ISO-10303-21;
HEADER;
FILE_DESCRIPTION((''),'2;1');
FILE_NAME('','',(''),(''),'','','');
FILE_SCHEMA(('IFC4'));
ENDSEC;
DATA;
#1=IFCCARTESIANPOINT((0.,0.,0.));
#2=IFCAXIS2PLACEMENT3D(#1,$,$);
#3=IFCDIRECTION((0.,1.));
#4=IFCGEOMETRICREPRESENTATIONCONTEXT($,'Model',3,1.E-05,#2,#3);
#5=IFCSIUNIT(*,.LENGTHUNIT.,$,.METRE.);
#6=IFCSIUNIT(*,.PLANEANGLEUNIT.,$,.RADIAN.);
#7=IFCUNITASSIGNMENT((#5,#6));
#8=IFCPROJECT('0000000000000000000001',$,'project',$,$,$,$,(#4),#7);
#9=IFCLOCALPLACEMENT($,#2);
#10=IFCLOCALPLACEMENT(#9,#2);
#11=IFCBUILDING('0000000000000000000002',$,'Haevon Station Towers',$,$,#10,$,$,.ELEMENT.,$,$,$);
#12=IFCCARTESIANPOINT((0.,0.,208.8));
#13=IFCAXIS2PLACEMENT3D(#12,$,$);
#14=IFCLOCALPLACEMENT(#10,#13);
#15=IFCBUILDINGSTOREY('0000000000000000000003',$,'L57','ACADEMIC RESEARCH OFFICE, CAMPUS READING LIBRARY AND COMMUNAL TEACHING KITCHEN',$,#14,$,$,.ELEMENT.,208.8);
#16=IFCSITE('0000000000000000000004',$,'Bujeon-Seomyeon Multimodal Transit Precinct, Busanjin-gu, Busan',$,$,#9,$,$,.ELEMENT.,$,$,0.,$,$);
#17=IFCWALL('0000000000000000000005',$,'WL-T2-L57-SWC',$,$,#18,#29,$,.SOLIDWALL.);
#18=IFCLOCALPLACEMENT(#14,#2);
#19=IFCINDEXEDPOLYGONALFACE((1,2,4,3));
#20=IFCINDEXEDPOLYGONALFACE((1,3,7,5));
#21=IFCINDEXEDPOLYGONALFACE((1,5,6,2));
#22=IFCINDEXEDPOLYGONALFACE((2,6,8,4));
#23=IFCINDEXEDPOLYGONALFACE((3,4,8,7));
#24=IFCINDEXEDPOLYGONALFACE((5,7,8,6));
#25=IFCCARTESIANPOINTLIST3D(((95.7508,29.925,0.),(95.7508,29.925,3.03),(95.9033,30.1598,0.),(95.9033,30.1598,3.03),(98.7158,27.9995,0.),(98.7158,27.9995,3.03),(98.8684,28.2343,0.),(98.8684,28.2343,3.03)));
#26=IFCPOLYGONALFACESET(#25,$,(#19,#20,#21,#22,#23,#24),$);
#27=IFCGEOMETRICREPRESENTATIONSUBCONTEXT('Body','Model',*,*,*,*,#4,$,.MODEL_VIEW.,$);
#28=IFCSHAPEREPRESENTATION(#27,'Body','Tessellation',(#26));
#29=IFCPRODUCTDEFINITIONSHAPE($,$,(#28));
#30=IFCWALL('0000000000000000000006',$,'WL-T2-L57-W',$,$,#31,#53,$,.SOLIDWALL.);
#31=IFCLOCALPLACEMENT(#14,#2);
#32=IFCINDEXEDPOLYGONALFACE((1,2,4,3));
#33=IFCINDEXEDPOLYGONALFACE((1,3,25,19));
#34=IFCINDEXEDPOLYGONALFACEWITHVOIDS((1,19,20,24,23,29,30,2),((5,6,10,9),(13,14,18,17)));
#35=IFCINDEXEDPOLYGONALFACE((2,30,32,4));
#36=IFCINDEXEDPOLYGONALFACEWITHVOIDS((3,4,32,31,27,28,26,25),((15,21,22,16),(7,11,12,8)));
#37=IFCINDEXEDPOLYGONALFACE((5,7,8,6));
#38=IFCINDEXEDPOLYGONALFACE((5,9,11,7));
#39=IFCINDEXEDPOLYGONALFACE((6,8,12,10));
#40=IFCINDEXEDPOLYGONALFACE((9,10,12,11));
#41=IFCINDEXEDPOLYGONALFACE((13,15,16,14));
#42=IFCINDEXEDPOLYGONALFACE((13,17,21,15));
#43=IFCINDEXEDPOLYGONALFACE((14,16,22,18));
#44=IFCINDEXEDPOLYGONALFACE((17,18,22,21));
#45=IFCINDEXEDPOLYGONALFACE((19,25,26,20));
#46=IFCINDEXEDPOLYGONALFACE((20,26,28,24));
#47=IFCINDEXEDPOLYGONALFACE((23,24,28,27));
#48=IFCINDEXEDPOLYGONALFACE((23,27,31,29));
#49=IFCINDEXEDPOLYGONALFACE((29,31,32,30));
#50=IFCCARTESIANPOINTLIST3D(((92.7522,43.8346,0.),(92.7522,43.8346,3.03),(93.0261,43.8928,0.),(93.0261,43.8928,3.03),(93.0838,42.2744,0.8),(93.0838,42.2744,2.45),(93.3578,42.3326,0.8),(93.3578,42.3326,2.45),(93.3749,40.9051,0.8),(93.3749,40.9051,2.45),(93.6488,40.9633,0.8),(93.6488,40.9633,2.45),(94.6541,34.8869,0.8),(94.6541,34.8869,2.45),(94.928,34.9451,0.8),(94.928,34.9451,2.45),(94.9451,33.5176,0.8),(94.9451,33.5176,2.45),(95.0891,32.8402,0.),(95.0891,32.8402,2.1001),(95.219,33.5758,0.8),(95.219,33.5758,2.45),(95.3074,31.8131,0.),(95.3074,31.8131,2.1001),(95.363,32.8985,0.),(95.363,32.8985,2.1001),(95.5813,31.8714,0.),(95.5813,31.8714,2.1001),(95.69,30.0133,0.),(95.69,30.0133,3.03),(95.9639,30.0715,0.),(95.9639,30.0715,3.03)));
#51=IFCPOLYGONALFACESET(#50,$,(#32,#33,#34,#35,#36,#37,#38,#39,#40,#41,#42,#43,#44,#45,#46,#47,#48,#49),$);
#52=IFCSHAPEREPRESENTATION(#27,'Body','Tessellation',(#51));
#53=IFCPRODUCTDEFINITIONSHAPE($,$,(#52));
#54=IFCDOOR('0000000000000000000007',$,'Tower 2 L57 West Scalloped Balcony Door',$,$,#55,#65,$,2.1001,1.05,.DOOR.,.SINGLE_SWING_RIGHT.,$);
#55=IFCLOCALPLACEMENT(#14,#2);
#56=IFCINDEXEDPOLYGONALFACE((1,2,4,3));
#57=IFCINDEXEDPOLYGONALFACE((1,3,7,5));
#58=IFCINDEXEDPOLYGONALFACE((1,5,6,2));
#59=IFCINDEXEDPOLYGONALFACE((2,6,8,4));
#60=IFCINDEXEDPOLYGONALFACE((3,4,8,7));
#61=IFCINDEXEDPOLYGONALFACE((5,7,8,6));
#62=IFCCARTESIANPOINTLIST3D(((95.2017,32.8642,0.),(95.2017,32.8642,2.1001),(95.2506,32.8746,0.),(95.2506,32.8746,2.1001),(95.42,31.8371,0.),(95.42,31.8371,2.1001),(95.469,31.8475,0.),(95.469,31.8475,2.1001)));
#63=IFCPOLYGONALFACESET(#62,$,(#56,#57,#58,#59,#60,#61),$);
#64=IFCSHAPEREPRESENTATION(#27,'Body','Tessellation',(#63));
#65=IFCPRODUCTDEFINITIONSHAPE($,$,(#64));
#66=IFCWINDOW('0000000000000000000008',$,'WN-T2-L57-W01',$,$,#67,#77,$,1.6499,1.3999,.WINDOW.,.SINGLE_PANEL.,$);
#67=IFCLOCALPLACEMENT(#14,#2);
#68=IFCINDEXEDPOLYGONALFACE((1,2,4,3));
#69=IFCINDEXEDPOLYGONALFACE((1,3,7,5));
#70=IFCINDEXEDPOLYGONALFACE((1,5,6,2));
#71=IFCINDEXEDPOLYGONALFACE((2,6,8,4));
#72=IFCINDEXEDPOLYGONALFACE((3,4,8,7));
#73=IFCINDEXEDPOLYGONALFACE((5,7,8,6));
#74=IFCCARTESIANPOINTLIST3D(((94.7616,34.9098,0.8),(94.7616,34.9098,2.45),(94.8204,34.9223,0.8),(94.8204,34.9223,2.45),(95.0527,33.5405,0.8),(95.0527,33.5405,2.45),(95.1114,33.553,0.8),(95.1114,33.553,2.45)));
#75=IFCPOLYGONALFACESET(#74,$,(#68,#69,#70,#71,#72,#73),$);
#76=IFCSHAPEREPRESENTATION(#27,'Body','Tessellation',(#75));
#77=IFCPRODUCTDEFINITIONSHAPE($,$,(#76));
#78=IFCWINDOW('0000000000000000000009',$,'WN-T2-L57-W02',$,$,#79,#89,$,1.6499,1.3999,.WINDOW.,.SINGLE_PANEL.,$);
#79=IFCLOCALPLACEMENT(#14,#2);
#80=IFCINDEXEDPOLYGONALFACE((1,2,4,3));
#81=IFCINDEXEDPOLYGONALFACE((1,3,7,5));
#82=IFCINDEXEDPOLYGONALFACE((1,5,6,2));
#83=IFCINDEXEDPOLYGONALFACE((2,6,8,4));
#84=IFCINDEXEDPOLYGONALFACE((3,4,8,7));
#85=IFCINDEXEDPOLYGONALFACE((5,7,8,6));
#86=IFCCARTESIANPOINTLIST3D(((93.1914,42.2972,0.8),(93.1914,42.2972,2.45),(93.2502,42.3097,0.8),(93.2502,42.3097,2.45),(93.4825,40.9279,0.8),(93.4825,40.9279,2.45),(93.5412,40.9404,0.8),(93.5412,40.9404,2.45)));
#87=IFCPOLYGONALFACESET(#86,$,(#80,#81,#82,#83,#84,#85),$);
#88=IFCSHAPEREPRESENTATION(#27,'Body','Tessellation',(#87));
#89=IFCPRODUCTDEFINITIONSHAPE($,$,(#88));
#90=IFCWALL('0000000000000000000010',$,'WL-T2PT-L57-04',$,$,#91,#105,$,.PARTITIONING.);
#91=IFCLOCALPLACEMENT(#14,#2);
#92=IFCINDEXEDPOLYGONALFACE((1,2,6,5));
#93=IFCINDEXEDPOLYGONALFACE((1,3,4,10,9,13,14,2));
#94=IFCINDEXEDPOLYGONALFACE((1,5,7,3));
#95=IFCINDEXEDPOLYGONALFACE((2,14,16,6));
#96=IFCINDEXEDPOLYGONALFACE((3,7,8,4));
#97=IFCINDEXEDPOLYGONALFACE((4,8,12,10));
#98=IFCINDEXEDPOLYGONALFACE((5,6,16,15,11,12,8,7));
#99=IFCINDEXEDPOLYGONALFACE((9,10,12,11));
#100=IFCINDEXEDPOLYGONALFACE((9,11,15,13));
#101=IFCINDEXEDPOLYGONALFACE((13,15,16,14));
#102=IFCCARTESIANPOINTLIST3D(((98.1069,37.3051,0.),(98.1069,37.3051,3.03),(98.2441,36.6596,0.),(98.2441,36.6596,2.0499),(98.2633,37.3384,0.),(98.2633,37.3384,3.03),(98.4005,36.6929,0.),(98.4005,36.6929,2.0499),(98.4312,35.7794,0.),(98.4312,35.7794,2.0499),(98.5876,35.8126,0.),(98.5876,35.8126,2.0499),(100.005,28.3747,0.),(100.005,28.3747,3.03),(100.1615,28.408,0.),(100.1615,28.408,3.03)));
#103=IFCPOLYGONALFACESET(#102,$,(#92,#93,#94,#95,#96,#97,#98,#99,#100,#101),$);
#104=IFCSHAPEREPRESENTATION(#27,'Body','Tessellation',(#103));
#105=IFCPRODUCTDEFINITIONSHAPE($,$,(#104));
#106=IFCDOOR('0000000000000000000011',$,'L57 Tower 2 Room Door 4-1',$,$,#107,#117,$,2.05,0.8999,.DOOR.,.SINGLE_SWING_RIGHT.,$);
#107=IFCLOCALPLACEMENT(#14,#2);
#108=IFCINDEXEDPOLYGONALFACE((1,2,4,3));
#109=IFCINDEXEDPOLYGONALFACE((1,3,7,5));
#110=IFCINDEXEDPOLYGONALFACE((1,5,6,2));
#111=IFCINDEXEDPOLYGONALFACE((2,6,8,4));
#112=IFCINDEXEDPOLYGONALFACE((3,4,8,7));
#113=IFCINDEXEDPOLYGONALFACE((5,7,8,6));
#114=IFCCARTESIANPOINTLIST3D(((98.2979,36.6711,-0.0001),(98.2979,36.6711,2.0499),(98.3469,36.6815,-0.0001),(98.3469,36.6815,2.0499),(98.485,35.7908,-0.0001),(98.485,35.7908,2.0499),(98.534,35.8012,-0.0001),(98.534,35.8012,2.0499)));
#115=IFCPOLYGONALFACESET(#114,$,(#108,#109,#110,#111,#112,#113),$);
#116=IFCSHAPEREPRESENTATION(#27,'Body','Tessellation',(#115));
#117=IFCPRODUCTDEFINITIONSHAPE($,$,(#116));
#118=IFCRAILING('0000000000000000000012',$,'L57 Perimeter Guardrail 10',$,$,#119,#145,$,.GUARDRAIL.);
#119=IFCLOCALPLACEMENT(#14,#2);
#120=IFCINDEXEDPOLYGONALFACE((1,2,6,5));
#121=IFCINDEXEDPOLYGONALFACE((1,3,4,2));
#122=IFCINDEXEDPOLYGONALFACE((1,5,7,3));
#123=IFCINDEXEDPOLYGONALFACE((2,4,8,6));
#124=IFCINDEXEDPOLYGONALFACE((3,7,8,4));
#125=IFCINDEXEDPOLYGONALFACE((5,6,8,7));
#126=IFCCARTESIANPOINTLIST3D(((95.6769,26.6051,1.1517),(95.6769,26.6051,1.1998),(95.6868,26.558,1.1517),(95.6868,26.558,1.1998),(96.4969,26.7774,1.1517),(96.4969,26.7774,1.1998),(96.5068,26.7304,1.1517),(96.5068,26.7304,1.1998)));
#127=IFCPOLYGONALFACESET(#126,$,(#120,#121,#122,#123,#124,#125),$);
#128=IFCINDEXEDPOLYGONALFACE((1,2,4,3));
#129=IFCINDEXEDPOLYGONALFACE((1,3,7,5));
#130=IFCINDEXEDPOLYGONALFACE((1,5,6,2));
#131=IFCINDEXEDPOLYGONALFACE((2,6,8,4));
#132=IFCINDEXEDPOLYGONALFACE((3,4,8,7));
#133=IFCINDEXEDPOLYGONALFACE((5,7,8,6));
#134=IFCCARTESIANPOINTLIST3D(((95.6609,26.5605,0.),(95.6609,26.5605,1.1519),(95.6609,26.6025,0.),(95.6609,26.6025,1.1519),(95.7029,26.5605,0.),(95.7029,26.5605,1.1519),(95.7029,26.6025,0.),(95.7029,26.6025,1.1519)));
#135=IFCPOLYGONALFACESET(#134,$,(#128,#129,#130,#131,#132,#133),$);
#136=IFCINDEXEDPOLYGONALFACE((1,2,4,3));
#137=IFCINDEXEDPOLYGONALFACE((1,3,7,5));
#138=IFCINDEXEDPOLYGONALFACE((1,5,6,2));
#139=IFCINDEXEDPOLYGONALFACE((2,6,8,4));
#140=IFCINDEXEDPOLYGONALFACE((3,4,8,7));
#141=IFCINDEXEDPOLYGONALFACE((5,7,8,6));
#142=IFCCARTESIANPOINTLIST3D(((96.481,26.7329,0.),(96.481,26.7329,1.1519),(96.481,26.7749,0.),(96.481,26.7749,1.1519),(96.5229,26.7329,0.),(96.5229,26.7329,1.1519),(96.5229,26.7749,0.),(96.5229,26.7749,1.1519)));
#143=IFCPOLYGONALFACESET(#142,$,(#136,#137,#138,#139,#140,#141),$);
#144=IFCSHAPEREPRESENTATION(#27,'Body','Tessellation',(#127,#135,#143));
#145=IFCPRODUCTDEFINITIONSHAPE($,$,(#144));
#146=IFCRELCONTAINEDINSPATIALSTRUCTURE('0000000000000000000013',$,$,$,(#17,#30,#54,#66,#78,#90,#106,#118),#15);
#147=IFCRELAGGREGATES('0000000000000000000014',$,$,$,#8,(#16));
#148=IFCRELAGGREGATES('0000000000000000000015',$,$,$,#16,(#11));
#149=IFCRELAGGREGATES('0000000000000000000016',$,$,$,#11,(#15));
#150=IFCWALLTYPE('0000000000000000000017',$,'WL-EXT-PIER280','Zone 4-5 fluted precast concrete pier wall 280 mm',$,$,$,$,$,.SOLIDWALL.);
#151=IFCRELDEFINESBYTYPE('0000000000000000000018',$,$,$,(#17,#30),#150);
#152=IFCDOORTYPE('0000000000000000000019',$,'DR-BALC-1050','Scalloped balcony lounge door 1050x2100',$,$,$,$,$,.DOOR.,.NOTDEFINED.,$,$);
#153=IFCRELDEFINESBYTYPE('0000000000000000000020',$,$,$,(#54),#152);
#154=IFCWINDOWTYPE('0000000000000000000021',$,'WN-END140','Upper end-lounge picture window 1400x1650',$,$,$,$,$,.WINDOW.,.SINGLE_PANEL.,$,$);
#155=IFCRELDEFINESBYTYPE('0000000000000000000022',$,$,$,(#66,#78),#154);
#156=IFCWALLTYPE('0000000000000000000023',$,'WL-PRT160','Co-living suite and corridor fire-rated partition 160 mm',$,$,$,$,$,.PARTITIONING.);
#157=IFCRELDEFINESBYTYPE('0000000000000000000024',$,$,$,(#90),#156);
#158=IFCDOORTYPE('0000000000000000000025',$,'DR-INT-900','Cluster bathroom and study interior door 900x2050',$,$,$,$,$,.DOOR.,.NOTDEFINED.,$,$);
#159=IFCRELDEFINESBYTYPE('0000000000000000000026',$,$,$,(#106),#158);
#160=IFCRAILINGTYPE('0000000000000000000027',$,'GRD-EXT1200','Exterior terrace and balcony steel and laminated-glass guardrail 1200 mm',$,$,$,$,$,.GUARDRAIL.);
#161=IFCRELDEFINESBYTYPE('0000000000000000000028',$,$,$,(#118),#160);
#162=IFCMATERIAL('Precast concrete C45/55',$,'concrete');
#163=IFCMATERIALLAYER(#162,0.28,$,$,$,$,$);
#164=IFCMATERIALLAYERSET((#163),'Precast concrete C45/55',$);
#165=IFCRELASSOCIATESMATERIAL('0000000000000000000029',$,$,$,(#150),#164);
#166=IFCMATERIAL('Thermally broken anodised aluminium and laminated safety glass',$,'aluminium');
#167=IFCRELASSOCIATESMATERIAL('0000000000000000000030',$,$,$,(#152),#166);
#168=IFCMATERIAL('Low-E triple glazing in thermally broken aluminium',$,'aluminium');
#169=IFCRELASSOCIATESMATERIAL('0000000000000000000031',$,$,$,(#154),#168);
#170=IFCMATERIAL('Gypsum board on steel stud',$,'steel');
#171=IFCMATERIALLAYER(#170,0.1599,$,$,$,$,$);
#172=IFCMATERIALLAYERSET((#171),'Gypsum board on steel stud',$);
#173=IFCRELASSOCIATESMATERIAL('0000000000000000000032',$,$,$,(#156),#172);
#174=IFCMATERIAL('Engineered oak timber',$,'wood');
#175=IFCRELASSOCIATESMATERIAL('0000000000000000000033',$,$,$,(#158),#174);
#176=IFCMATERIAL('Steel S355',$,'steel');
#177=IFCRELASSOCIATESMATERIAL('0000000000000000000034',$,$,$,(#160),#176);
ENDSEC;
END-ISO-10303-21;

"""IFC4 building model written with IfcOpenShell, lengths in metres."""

from ifc_helpers import new_model, si_unit, direction, frame, frame_2d, origin, origin_2d, place, context, subcontext, project, spatial, rectangle, extrude, material, layer, layer_set, type_object, element, fill, save


model = new_model("IFC4")

# Units and contexts
model_context = context("Model", 3, precision=1e-05, world=origin(), true_north=direction((0.0, 1.0)))
body_context = subcontext(model_context, "Body", "Model", "MODEL_VIEW")
ifc_project = project(units=[si_unit("LENGTHUNIT", "METRE"), si_unit("PLANEANGLEUNIT", "RADIAN")], contexts=[model_context])

# Site, building, storey
site_placement = place(None, origin())
site = spatial("IfcSite", under=ifc_project, at=site_placement, Name="Bujeon-Seomyeon Multimodal Transit Precinct, Busanjin-gu, Busan", CompositionType="ELEMENT", RefElevation=0.0)
building_placement = place(site_placement, origin())
building = spatial("IfcBuilding", under=site, at=building_placement, Name="Haevon Station Towers", CompositionType="ELEMENT")
storey_placement = place(building_placement, frame((0.0, 0.0, 208.8)))
storey = spatial("IfcBuildingStorey", under=building, at=storey_placement, Name="L57", Description="ACADEMIC RESEARCH OFFICE, CAMPUS READING LIBRARY AND COMMUNAL TEACHING KITCHEN", CompositionType="ELEMENT", Elevation=208.8)

# Shared definitions
ifc_material_1 = material(Name="Steel S355", Category="steel")

# Wall
ifc_material_2 = material(Name="Precast concrete C45/55", Category="concrete")
ifc_layer_1 = layer(ifc_material_2, 0.28)
ifc_layer_set_1 = layer_set([ifc_layer_1], Name="Precast concrete C45/55")
wall_type_1 = type_object("IfcWallType", Name="WL-EXT-PIER280", Description="Zone 4-5 fluted precast concrete pier wall 280 mm", PredefinedType="SOLIDWALL", material=ifc_layer_set_1)
wall_1_placement = place(storey_placement, frame((98.792, 28.1169, 0.0), z_axis=(0.0, 0.0, 1.0), x_axis=(-0.838672, 0.544636, 0.0)))
element("IfcWall", 1, at=wall_1_placement, inside=storey, type_object=wall_type_1, Name="WL-T2-L57-SWC", PredefinedType="SOLIDWALL", context=body_context, shape_type="SweptSolid", body=[
    extrude(rectangle(XDim=3.5354, YDim=0.28, at=frame_2d((1.7676, 0.0))), origin(), (0.0, 0.0, 1.0), 3.03),
])

# Wall, openings, door, windows
wall_2_placement = place(storey_placement, frame((95.8269, 30.0425, 0.0), z_axis=(0.0, 0.0, 1.0), x_axis=(-0.207908, 0.978148, 0.0)))
wall_2 = element("IfcWall", 2, at=wall_2_placement, inside=storey, type_object=wall_type_1, Name="WL-T2-L57-W", PredefinedType="SOLIDWALL", context=body_context, shape_type="SweptSolid", body=[
    extrude(rectangle(XDim=14.1301, YDim=0.28, at=frame_2d((7.0649, 0.0))), origin(), (0.0, 0.0, 1.0), 3.03),
])
opening_1_placement = place(wall_2_placement, frame((1.8401, 0.0, 0.0)))
opening_1 = element("IfcOpeningElement", 3, at=opening_1_placement, cuts=wall_2, PredefinedType="OPENING", context=body_context, shape_type="SweptSolid", body=[
    extrude(rectangle(XDim=1.05, YDim=2.1001, at=frame_2d((0.5249, 1.05))), frame((0.0, 0.1499, 0.0), z_axis=(0.0, -1.0, 0.0), x_axis=(1.0, 0.0, 0.0)), (0.0, 0.0, 1.0), 0.3),
])
opening_2_placement = place(wall_2_placement, frame((3.5825, 0.0, 0.8)))
opening_2 = element("IfcOpeningElement", 4, at=opening_2_placement, cuts=wall_2, PredefinedType="OPENING", context=body_context, shape_type="SweptSolid", body=[
    extrude(rectangle(XDim=1.3999, YDim=1.6499, at=frame_2d((0.7, 0.825))), frame((0.0, 0.1499, 0.0), z_axis=(0.0, -1.0, 0.0), x_axis=(1.0, 0.0, 0.0)), (0.0, 0.0, 1.0), 0.3),
])
opening_3_placement = place(wall_2_placement, frame((11.135, 0.0, 0.8)))
opening_3 = element("IfcOpeningElement", 5, at=opening_3_placement, cuts=wall_2, PredefinedType="OPENING", context=body_context, shape_type="SweptSolid", body=[
    extrude(rectangle(XDim=1.3999, YDim=1.6499, at=frame_2d((0.7, 0.825))), frame((0.0, 0.1499, 0.0), z_axis=(0.0, -1.0, 0.0), x_axis=(1.0, 0.0, 0.0)), (0.0, 0.0, 1.0), 0.3),
])
ifc_material_3 = material(Name="Thermally broken anodised aluminium and laminated safety glass", Category="aluminium")
door_type_1 = type_object("IfcDoorType", Name="DR-BALC-1050", Description="Scalloped balcony lounge door 1050x2100", OperationType="NOTDEFINED", PredefinedType="DOOR", material=ifc_material_3)
door_1_placement = place(opening_1_placement, origin())
door_1 = element("IfcDoor", 6, at=door_1_placement, inside=storey, type_object=door_type_1, Name="Tower 2 L57 West Scalloped Balcony Door", OperationType="SINGLE_SWING_RIGHT", OverallHeight=2.1001, OverallWidth=1.05, PredefinedType="DOOR", context=body_context, shape_type="SweptSolid", body=[
    extrude(rectangle(XDim=1.05, YDim=2.1001, at=frame_2d((0.5249, 1.05))), frame((0.0, 0.0249, 0.0), z_axis=(0.0, -1.0, 0.0), x_axis=(1.0, 0.0, 0.0)), (0.0, 0.0, 1.0), 0.05),
])
fill(opening_1, door_1)
ifc_material_4 = material(Name="Low-E triple glazing in thermally broken aluminium", Category="aluminium")
window_type = type_object("IfcWindowType", Name="WN-END140", Description="Upper end-lounge picture window 1400x1650", PartitioningType="SINGLE_PANEL", PredefinedType="WINDOW", material=ifc_material_4)
window_1_placement = place(opening_2_placement, origin())
window_1 = element("IfcWindow", 7, at=window_1_placement, inside=storey, type_object=window_type, Name="WN-T2-L57-W01", OverallHeight=1.6499, OverallWidth=1.3999, PartitioningType="SINGLE_PANEL", PredefinedType="WINDOW", context=body_context, shape_type="SweptSolid", body=[
    extrude(rectangle(XDim=1.3999, YDim=1.6499, at=frame_2d((0.7, 0.825))), frame((0.0, 0.03, 0.0), z_axis=(0.0, -1.0, 0.0), x_axis=(1.0, 0.0, 0.0)), (0.0, 0.0, 1.0), 0.0601),
])
fill(opening_2, window_1)
window_2_placement = place(opening_3_placement, origin())
window_2 = element("IfcWindow", 8, at=window_2_placement, inside=storey, type_object=window_type, Name="WN-T2-L57-W02", OverallHeight=1.6499, OverallWidth=1.3999, PartitioningType="SINGLE_PANEL", PredefinedType="WINDOW", context=body_context, shape_type="SweptSolid", body=[
    extrude(rectangle(XDim=1.3999, YDim=1.6499, at=frame_2d((0.7, 0.825))), frame((0.0, 0.03, 0.0), z_axis=(0.0, -1.0, 0.0), x_axis=(1.0, 0.0, 0.0)), (0.0, 0.0, 1.0), 0.0601),
])
fill(opening_3, window_2)

# Wall, opening, door
ifc_material_5 = material(Name="Gypsum board on steel stud", Category="steel")
ifc_layer_2 = layer(ifc_material_5, 0.1599)
ifc_layer_set_2 = layer_set([ifc_layer_2], Name="Gypsum board on steel stud")
wall_type_2 = type_object("IfcWallType", Name="WL-PRT160", Description="Co-living suite and corridor fire-rated partition 160 mm", PredefinedType="PARTITIONING", material=ifc_layer_set_2)
wall_3_placement = place(storey_placement, frame((100.0833, 28.3914, 0.0), z_axis=(0.0, 0.0, 1.0), x_axis=(-0.207909, 0.978148, 0.0)))
wall_3 = element("IfcWall", 9, at=wall_3_placement, inside=storey, type_object=wall_type_2, Name="WL-T2PT-L57-04", PredefinedType="PARTITIONING", context=body_context, shape_type="SweptSolid", body=[
    extrude(rectangle(XDim=9.1299, YDim=0.1599, at=frame_2d((4.5649, 0.0))), origin(), (0.0, 0.0, 1.0), 3.03),
])
opening_4_placement = place(wall_3_placement, frame((7.5701, 0.0, 0.0)))
opening_4 = element("IfcOpeningElement", 10, at=opening_4_placement, cuts=wall_3, PredefinedType="OPENING", context=body_context, shape_type="SweptSolid", body=[
    extrude(rectangle(XDim=0.8999, YDim=2.05, at=frame_2d((0.45, 1.0249))), frame((0.0, 0.0898, 0.0), z_axis=(0.0, -1.0, 0.0), x_axis=(1.0, 0.0, 0.0)), (0.0, 0.0, 1.0), 0.1799),
])
ifc_material_6 = material(Name="Engineered oak timber", Category="wood")
door_type_2 = type_object("IfcDoorType", Name="DR-INT-900", Description="Cluster bathroom and study interior door 900x2050", OperationType="NOTDEFINED", PredefinedType="DOOR", material=ifc_material_6)
door_2_placement = place(opening_4_placement, origin())
door_2 = element("IfcDoor", 11, at=door_2_placement, inside=storey, type_object=door_type_2, Name="L57 Tower 2 Room Door 4-1", OperationType="SINGLE_SWING_RIGHT", OverallHeight=2.05, OverallWidth=0.8999, PredefinedType="DOOR", context=body_context, shape_type="SweptSolid", body=[
    extrude(rectangle(XDim=0.8999, YDim=2.05, at=frame_2d((0.45, 1.0249))), frame((0.0, 0.0249, 0.0), z_axis=(0.0, -1.0, 0.0), x_axis=(1.0, 0.0, 0.0)), (0.0, 0.0, 1.0), 0.05),
])
fill(opening_4, door_2)

# Railing
railing_type = type_object("IfcRailingType", Name="GRD-EXT1200", Description="Exterior terrace and balcony steel and laminated-glass guardrail 1200 mm", PredefinedType="GUARDRAIL", material=ifc_material_1)
railing_placement = place(storey_placement, frame((95.6819, 26.5815, 0.0)))
element("IfcRailing", 12, at=railing_placement, inside=storey, type_object=railing_type, Name="L57 Perimeter Guardrail 10", PredefinedType="GUARDRAIL", context=body_context, shape_type="SweptSolid", body=[
    extrude(rectangle(XDim=0.0481, YDim=0.0481, at=origin_2d()), frame((0.0, 0.0, 1.1758), z_axis=(0.978618, 0.205687, 0.0), x_axis=(-0.205687, 0.978618, 0.0)), (0.0, 0.0, 1.0), 0.8379),
    extrude(rectangle(XDim=0.042, YDim=0.042, at=origin_2d()), origin(), (0.0, 0.0, 1.0), 1.1519),
    extrude(rectangle(XDim=0.042, YDim=0.042, at=origin_2d()), frame((0.8201, 0.1724, 0.0)), (0.0, 0.0, 1.0), 1.1519),
])

save(model, "model.ifc")
